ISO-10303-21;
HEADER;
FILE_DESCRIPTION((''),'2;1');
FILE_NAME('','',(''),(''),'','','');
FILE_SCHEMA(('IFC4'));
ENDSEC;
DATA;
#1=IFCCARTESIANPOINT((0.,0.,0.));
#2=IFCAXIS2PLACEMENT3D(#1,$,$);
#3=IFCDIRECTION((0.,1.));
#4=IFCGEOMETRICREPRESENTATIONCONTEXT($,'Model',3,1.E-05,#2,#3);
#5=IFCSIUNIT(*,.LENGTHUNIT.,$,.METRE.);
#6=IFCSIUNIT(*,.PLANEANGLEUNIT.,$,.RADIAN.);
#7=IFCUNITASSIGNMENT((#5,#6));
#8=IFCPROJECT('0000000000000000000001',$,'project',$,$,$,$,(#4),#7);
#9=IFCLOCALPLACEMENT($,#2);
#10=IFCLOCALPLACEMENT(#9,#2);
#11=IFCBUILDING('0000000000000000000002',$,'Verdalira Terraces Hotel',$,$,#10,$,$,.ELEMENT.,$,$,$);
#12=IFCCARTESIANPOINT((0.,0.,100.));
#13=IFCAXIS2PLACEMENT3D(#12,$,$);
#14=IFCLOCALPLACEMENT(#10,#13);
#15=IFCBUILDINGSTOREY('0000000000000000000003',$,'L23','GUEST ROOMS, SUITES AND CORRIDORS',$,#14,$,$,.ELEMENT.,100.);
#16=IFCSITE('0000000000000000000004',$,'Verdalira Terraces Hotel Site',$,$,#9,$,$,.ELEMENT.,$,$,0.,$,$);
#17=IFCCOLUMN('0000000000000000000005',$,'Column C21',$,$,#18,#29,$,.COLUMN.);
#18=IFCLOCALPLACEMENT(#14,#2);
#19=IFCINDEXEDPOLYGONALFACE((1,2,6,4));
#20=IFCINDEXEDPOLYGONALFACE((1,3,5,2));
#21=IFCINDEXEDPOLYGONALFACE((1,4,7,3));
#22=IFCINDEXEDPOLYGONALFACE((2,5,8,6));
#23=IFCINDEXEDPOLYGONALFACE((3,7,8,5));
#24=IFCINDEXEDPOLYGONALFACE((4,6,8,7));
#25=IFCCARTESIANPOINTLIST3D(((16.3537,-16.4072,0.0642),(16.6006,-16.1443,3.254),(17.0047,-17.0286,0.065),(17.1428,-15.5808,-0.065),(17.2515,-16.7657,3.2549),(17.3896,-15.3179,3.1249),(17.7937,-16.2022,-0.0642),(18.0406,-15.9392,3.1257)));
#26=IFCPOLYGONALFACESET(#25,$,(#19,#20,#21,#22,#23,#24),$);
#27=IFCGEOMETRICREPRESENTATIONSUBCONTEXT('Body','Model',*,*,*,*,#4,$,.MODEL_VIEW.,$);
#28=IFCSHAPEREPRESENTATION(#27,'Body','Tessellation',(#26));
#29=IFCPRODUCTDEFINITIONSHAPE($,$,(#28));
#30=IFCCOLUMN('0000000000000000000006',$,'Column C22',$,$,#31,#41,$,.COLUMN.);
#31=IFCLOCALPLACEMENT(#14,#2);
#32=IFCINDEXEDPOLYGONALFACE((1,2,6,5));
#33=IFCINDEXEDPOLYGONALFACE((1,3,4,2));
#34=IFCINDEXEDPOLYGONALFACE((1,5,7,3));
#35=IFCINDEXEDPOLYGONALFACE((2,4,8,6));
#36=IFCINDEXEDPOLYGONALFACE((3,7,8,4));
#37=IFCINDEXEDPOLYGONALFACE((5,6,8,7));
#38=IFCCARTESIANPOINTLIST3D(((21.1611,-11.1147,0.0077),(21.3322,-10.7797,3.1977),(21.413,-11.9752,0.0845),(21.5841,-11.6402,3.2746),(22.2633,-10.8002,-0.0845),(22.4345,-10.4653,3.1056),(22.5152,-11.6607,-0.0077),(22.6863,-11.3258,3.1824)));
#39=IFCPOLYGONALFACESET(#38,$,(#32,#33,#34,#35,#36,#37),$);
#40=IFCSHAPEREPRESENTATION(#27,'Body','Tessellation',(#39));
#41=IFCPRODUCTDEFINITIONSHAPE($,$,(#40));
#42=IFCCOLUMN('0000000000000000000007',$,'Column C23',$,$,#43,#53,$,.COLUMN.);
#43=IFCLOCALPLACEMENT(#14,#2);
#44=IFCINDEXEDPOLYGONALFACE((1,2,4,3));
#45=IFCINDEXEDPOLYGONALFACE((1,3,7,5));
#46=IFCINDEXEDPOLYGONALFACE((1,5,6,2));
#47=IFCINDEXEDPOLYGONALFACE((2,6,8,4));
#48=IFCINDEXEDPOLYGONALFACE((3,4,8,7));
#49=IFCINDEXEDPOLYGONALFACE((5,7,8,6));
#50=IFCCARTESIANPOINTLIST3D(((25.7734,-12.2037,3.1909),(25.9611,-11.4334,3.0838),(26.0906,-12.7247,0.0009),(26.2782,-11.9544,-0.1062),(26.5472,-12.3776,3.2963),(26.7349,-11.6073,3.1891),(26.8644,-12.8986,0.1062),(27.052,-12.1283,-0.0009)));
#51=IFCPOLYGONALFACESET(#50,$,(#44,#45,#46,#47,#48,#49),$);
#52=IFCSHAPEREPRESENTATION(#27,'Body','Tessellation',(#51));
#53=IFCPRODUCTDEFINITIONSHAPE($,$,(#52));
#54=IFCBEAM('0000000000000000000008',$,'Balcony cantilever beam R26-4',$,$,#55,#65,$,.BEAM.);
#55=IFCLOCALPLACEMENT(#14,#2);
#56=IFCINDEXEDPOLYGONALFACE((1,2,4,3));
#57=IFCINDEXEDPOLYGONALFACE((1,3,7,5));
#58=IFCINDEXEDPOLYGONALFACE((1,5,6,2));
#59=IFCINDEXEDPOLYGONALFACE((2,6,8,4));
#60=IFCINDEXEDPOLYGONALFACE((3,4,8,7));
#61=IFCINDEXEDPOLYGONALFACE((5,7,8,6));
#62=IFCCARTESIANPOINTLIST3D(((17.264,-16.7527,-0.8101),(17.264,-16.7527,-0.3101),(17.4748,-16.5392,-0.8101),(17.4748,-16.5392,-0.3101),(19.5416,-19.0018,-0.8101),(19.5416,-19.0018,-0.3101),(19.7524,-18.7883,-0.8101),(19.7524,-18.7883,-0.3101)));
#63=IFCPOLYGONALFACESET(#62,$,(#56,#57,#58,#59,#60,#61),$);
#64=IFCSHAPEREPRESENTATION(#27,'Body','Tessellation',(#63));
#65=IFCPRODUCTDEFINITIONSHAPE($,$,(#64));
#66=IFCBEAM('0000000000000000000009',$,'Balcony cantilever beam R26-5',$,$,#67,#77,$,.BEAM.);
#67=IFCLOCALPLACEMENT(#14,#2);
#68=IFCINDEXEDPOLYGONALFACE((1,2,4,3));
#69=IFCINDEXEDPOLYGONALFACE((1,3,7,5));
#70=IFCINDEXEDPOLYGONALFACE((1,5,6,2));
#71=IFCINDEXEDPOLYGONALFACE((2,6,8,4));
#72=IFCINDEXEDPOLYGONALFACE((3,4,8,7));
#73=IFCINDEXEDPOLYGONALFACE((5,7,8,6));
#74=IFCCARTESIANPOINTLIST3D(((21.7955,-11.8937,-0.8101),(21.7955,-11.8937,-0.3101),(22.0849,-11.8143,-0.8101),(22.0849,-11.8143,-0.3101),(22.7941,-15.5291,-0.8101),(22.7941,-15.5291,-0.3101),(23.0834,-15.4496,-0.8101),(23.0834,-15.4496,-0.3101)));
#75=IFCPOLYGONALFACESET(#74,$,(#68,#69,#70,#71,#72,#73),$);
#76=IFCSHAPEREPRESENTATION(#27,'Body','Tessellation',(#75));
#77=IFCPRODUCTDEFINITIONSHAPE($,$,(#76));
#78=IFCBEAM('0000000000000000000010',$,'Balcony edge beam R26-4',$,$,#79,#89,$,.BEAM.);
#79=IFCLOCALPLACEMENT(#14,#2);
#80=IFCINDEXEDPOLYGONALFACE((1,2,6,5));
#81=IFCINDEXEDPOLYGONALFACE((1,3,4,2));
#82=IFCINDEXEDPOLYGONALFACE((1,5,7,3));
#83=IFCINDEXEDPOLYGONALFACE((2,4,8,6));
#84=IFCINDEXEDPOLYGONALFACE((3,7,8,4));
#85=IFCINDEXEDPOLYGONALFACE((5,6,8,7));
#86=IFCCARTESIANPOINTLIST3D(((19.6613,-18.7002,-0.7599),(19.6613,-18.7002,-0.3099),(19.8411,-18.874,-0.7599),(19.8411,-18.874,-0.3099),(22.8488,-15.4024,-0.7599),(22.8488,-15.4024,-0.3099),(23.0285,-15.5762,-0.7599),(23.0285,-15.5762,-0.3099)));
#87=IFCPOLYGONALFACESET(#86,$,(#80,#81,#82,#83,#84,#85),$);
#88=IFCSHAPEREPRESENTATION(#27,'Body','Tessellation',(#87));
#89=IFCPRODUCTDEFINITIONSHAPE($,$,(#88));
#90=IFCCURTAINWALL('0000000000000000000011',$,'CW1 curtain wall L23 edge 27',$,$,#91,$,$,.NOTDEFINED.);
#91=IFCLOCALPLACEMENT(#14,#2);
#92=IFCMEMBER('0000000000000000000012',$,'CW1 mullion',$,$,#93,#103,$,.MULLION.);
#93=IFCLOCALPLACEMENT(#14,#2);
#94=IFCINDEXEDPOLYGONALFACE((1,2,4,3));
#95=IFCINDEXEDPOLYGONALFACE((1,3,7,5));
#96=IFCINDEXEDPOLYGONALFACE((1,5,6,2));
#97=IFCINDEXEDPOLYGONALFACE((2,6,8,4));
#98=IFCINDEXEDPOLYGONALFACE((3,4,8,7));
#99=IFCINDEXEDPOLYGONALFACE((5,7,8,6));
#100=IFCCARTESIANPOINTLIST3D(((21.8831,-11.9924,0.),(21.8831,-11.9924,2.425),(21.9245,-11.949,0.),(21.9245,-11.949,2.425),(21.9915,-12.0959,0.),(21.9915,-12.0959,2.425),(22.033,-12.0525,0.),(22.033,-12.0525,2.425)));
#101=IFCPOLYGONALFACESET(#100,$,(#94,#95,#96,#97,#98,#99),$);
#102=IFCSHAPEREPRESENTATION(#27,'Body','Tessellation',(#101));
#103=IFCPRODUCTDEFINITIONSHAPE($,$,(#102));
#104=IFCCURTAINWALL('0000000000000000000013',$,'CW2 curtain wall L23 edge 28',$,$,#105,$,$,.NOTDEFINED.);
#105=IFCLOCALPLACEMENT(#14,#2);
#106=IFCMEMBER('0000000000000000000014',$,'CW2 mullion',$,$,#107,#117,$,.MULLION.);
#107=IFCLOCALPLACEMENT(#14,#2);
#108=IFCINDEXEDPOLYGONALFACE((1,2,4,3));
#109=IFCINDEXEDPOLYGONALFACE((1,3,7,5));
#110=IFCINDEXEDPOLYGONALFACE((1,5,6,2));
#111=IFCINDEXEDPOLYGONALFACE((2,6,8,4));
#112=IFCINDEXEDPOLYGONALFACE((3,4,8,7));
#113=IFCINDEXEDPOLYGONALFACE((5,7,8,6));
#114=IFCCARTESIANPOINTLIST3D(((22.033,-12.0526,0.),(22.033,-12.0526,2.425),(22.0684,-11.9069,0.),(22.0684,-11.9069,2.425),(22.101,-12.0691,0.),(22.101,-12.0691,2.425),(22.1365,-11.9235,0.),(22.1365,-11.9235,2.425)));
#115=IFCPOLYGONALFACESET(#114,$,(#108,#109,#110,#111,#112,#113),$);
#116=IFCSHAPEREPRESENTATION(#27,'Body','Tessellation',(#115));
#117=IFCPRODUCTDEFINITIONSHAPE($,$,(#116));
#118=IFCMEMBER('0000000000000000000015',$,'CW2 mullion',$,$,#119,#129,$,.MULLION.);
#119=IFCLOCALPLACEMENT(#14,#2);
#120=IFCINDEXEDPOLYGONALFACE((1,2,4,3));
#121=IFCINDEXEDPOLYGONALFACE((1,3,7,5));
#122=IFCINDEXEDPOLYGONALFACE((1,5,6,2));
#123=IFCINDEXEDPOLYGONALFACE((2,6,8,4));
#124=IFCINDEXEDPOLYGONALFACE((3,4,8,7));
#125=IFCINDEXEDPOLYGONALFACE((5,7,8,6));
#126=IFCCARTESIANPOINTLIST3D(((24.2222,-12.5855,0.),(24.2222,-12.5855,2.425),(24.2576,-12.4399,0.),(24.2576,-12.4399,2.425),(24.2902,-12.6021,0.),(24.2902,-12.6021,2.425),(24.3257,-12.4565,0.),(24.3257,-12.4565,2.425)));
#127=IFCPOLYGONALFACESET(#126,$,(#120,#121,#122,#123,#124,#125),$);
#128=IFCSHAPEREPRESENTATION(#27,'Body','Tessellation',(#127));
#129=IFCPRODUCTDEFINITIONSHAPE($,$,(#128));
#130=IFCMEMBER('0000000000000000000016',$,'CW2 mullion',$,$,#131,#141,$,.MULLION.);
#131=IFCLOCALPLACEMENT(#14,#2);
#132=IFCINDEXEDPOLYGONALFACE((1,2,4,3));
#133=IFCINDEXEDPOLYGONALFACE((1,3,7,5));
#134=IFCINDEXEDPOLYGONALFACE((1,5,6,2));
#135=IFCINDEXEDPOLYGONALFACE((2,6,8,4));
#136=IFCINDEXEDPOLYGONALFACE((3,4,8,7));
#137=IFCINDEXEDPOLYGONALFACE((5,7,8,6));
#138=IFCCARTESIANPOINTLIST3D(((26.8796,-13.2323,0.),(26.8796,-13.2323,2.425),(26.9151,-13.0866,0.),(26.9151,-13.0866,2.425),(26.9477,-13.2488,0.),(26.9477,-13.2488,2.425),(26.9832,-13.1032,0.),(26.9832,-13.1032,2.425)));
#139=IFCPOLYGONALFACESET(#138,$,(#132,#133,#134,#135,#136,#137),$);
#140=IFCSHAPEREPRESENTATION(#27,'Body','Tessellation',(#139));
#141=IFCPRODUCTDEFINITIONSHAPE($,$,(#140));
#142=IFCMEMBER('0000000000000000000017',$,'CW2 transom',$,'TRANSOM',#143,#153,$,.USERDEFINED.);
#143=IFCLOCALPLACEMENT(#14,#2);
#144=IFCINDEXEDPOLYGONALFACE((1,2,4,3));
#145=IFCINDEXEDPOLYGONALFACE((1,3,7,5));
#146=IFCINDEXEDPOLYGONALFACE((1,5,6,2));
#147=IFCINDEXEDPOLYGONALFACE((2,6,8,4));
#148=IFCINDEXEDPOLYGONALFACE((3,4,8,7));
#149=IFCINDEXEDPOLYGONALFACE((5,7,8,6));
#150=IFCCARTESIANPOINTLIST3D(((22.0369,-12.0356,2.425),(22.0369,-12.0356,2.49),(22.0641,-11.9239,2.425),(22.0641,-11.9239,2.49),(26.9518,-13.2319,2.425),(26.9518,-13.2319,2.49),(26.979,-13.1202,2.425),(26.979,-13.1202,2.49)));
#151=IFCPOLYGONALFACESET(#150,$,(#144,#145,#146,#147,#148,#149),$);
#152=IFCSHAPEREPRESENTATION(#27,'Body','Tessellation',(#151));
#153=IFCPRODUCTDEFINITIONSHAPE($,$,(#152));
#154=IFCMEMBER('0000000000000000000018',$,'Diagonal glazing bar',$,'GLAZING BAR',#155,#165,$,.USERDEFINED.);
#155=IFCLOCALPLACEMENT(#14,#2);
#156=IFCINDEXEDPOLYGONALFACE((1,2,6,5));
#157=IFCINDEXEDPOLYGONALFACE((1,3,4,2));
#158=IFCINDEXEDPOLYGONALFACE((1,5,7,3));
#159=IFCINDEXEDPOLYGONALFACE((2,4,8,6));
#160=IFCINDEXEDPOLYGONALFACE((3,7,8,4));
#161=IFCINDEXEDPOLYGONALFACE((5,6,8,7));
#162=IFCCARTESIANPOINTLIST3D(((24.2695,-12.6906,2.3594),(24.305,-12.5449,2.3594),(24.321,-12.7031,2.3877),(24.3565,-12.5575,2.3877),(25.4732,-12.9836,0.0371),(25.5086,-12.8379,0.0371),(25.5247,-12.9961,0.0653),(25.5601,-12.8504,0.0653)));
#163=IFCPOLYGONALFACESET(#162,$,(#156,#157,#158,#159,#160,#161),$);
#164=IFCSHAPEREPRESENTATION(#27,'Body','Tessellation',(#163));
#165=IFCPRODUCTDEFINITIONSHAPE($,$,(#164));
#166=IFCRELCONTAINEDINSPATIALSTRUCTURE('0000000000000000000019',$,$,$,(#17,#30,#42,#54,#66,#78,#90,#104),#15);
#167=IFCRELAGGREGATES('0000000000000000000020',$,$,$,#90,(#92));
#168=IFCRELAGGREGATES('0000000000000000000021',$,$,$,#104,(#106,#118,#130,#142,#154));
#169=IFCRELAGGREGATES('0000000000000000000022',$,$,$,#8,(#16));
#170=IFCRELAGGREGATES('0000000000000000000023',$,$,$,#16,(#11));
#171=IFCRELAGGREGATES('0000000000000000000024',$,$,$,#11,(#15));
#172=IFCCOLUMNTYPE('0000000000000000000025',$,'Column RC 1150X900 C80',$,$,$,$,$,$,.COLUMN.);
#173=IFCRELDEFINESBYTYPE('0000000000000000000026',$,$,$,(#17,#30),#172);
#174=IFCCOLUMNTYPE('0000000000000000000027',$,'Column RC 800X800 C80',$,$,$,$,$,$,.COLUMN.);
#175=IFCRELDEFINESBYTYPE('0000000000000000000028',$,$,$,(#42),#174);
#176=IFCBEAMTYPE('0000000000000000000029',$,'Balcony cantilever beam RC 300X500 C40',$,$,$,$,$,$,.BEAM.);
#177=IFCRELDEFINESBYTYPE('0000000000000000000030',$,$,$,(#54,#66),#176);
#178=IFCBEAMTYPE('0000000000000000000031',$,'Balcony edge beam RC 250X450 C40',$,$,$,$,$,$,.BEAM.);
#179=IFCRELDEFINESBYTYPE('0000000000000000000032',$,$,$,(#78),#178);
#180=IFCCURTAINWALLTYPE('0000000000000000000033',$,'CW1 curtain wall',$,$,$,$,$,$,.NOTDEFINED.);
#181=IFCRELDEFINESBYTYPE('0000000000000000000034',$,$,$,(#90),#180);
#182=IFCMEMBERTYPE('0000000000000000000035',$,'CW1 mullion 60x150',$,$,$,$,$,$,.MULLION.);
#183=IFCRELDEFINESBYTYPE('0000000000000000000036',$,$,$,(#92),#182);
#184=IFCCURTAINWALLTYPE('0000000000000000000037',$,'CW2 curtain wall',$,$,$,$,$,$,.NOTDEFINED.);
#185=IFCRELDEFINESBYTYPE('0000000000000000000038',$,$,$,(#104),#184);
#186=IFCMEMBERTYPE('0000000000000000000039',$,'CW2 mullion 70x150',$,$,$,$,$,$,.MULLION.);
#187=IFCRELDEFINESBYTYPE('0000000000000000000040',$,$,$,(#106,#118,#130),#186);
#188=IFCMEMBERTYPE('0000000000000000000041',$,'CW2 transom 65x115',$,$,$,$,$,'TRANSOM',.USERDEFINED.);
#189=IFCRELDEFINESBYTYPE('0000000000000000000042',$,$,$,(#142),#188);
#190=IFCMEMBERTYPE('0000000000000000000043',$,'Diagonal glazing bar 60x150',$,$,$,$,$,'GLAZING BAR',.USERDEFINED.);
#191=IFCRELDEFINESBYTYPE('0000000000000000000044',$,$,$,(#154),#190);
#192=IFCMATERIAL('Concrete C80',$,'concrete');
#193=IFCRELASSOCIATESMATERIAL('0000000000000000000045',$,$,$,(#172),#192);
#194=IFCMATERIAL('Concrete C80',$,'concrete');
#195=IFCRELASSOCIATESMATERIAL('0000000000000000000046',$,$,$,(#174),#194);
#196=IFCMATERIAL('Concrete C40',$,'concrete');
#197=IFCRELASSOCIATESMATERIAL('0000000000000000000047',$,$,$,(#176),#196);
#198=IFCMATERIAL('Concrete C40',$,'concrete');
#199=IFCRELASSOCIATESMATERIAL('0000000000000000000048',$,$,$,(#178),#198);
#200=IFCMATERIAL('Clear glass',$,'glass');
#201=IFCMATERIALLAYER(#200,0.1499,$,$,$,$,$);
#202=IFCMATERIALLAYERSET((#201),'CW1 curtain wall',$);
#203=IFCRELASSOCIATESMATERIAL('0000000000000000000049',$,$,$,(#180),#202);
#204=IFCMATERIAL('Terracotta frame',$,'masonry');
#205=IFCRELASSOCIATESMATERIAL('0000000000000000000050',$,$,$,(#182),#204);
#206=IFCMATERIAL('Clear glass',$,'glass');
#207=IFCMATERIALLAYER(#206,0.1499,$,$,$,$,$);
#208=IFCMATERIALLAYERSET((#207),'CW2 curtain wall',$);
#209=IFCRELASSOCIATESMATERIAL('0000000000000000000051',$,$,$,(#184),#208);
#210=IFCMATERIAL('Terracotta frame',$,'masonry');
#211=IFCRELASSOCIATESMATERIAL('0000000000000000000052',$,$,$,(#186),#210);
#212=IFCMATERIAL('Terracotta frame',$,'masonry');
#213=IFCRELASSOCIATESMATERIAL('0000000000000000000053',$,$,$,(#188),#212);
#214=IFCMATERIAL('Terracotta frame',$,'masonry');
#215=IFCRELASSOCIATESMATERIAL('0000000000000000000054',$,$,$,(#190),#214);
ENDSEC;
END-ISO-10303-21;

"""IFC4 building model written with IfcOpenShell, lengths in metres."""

from ifc_helpers import new_model, si_unit, direction, frame, origin, origin_2d, place, context, subcontext, project, spatial, rectangle, extrude, material, layer, layer_set, material_profile, profile_set, type_object, element, aggregate, save


model = new_model("IFC4")

# Units and contexts
model_context = context("Model", 3, precision=1e-05, world=origin(), true_north=direction((0.0, 1.0)))
body_context = subcontext(model_context, "Body", "Model", "MODEL_VIEW")
ifc_project = project(units=[si_unit("LENGTHUNIT", "METRE"), si_unit("PLANEANGLEUNIT", "RADIAN")], contexts=[model_context])

# Site, building, storey
site_placement = place(None, origin())
site = spatial("IfcSite", under=ifc_project, at=site_placement, Name="Verdalira Terraces Hotel Site", CompositionType="ELEMENT", RefElevation=0.0)
building_placement = place(site_placement, origin())
building = spatial("IfcBuilding", under=site, at=building_placement, Name="Verdalira Terraces Hotel", CompositionType="ELEMENT")
storey_placement = place(building_placement, frame((0.0, 0.0, 100.0)))
storey = spatial("IfcBuildingStorey", under=building, at=storey_placement, Name="L23", Description="GUEST ROOMS, SUITES AND CORRIDORS", CompositionType="ELEMENT", Elevation=100.0)

# Columns
ifc_material_1 = material(Name="Concrete C80", Category="concrete")
ifc_material_profile_1 = material_profile(ifc_material_1, rectangle(XDim=1.1499, YDim=0.8999, at=origin_2d()), Name="RC 1150X900")
ifc_profile_set_1 = profile_set([ifc_material_profile_1], Name="Concrete C80")
column_type_1 = type_object("IfcColumnType", Name="Column RC 1150X900 C80", PredefinedType="COLUMN", material=ifc_profile_set_1)
column_1_placement = place(storey_placement, frame((17.0737, -16.3047, 0.0), z_axis=(0.076887, 0.081906, 0.99367), x_axis=(0.686205, 0.718682, -0.112335)))
element("IfcColumn", 1, at=column_1_placement, inside=storey, type_object=column_type_1, Name="Column C21", PredefinedType="COLUMN", context=body_context, shape_type="SweptSolid", body=[
    extrude(rectangle(XDim=1.1499, YDim=0.8999, at=origin_2d()), origin(), (0.0, 0.0, 1.0), 3.2102),
])
column_2_placement = place(storey_placement, frame((21.8381, -11.3877, 0.0), z_axis=(0.053282, 0.104283, 0.993119), x_axis=(-0.958545, -0.273439, 0.080139)))
element("IfcColumn", 2, at=column_2_placement, inside=storey, type_object=column_type_1, Name="Column C22", PredefinedType="COLUMN", context=body_context, shape_type="SweptSolid", body=[
    extrude(rectangle(XDim=1.1499, YDim=0.8999, at=origin_2d()), origin(), (0.0, 0.0, 1.0), 3.2122),
])
ifc_material_2 = material(Name="Concrete C80", Category="concrete")
ifc_material_profile_2 = material_profile(ifc_material_2, rectangle(XDim=0.8, YDim=0.8, at=origin_2d()), Name="RC 800X800")
ifc_profile_set_2 = profile_set([ifc_material_profile_2], Name="Concrete C80")
column_type_2 = type_object("IfcColumnType", Name="Column RC 800X800 C80", PredefinedType="COLUMN", material=ifc_profile_set_2)
column_3_placement = place(storey_placement, frame((26.5713, -12.4265, 0.0), z_axis=(-0.097649, 0.160419, 0.982207), x_axis=(0.967186, -0.217302, 0.131647)))
element("IfcColumn", 3, at=column_3_placement, inside=storey, type_object=column_type_2, Name="Column C23", PredefinedType="COLUMN", context=body_context, shape_type="SweptSolid", body=[
    extrude(rectangle(XDim=0.8, YDim=0.8, at=origin_2d()), origin(), (0.0, 0.0, 1.0), 3.2478),
])

# Beams
ifc_material_3 = material(Name="Concrete C40", Category="concrete")
ifc_material_profile_3 = material_profile(ifc_material_3, rectangle(XDim=0.3, YDim=0.5, at=origin_2d()), Name="RC 300X500")
ifc_profile_set_3 = profile_set([ifc_material_profile_3], Name="Concrete C40")
beam_type_1 = type_object("IfcBeamType", Name="Balcony cantilever beam RC 300X500 C40", PredefinedType="BEAM", material=ifc_profile_set_3)
beam_1_placement = place(storey_placement, frame((17.3694, -16.646, -0.5601), z_axis=(0.711555, -0.702631, 0.0), x_axis=(0.702631, 0.711555, 0.0)))
element("IfcBeam", 4, at=beam_1_placement, inside=storey, type_object=beam_type_1, Name="Balcony cantilever beam R26-4", PredefinedType="BEAM", context=body_context, shape_type="SweptSolid", body=[
    extrude(rectangle(XDim=0.3, YDim=0.5, at=origin_2d()), origin(), (0.0, 0.0, 1.0), 3.2009),
])
beam_2_placement = place(storey_placement, frame((21.9402, -11.854, -0.5601), z_axis=(0.26487, -0.964284, 0.0), x_axis=(0.964284, 0.26487, 0.0)))
element("IfcBeam", 5, at=beam_2_placement, inside=storey, type_object=beam_type_1, Name="Balcony cantilever beam R26-5", PredefinedType="BEAM", context=body_context, shape_type="SweptSolid", body=[
    extrude(rectangle(XDim=0.3, YDim=0.5, at=origin_2d()), origin(), (0.0, 0.0, 1.0), 3.77),
])
ifc_material_4 = material(Name="Concrete C40", Category="concrete")
ifc_material_profile_4 = material_profile(ifc_material_4, rectangle(XDim=0.25, YDim=0.45, at=origin_2d()), Name="RC 250X450")
ifc_profile_set_4 = profile_set([ifc_material_profile_4], Name="Concrete C40")
beam_type_2 = type_object("IfcBeamType", Name="Balcony edge beam RC 250X450 C40", PredefinedType="BEAM", material=ifc_profile_set_4)
beam_3_placement = place(storey_placement, frame((19.7512, -18.7871, -0.5349), z_axis=(0.694974, 0.719034, 0.0), x_axis=(-0.719034, 0.694974, 0.0)))
element("IfcBeam", 6, at=beam_3_placement, inside=storey, type_object=beam_type_2, Name="Balcony edge beam R26-4", PredefinedType="BEAM", context=body_context, shape_type="SweptSolid", body=[
    extrude(rectangle(XDim=0.25, YDim=0.45, at=origin_2d()), origin(), (0.0, 0.0, 1.0), 4.5864),
])

# Curtain wall, member
ifc_material_5 = material(Name="Clear glass", Category="glass")
ifc_layer_1 = layer(ifc_material_5, 0.1499)
ifc_layer_set_1 = layer_set([ifc_layer_1], Name="CW1 curtain wall")
curtain_wall_type_1 = type_object("IfcCurtainWallType", Name="CW1 curtain wall", PredefinedType="NOTDEFINED", material=ifc_layer_set_1)
curtain_wall_1_placement = place(storey_placement, origin())
curtain_wall_1 = element("IfcCurtainWall", 7, at=curtain_wall_1_placement, inside=storey, type_object=curtain_wall_type_1, Name="CW1 curtain wall L23 edge 27", PredefinedType="NOTDEFINED")
ifc_material_6 = material(Name="Terracotta frame", Category="masonry")
ifc_material_profile_5 = material_profile(ifc_material_6, rectangle(XDim=0.0601, YDim=0.1499, at=origin_2d()), Name="MU 60x150")
ifc_profile_set_5 = profile_set([ifc_material_profile_5], Name="Terracotta frame")
member_type_1 = type_object("IfcMemberType", Name="CW1 mullion 60x150", PredefinedType="MULLION", material=ifc_profile_set_5)
member_1_placement = place(storey_placement, frame((21.958, -12.0225, 0.0), z_axis=(0.0, 0.0, 1.0), x_axis=(0.69063, 0.723208, 0.0)))
member_1 = element("IfcMember", 8, at=member_1_placement, type_object=member_type_1, Name="CW1 mullion", PredefinedType="MULLION", context=body_context, shape_type="SweptSolid", body=[
    extrude(rectangle(XDim=0.0601, YDim=0.1499, at=origin_2d()), origin(), (0.0, 0.0, 1.0), 2.425),
])

# Curtain wall, members
ifc_material_7 = material(Name="Clear glass", Category="glass")
ifc_layer_2 = layer(ifc_material_7, 0.1499)
ifc_layer_set_2 = layer_set([ifc_layer_2], Name="CW2 curtain wall")
curtain_wall_type_2 = type_object("IfcCurtainWallType", Name="CW2 curtain wall", PredefinedType="NOTDEFINED", material=ifc_layer_set_2)
curtain_wall_2_placement = place(storey_placement, origin())
curtain_wall_2 = element("IfcCurtainWall", 9, at=curtain_wall_2_placement, inside=storey, type_object=curtain_wall_type_2, Name="CW2 curtain wall L23 edge 28", PredefinedType="NOTDEFINED")
ifc_material_8 = material(Name="Terracotta frame", Category="masonry")
ifc_material_profile_6 = material_profile(ifc_material_8, rectangle(XDim=0.0701, YDim=0.1499, at=origin_2d()), Name="MU 70x150")
ifc_profile_set_6 = profile_set([ifc_material_profile_6], Name="Terracotta frame")
member_type_2 = type_object("IfcMemberType", Name="CW2 mullion 70x150", PredefinedType="MULLION", material=ifc_profile_set_6)
member_2_placement = place(storey_placement, frame((22.0847, -11.988, 0.0), z_axis=(0.0, 0.0, 1.0), x_axis=(0.971632, -0.236499, 0.0)))
member_2 = element("IfcMember", 10, at=member_2_placement, type_object=member_type_2, Name="CW2 mullion", PredefinedType="MULLION", context=body_context, shape_type="SweptSolid", body=[
    extrude(rectangle(XDim=0.0701, YDim=0.1499, at=origin_2d()), origin(), (0.0, 0.0, 1.0), 2.425),
])
member_3_placement = place(storey_placement, frame((24.2739, -12.521, 0.0), z_axis=(0.0, 0.0, 1.0), x_axis=(0.971632, -0.236499, 0.0)))
member_3 = element("IfcMember", 11, at=member_3_placement, type_object=member_type_2, Name="CW2 mullion", PredefinedType="MULLION", context=body_context, shape_type="SweptSolid", body=[
    extrude(rectangle(XDim=0.0701, YDim=0.1499, at=origin_2d()), origin(), (0.0, 0.0, 1.0), 2.425),
])
member_4_placement = place(storey_placement, frame((26.9314, -13.1677, 0.0), z_axis=(0.0, 0.0, 1.0), x_axis=(0.971632, -0.236499, 0.0)))
member_4 = element("IfcMember", 12, at=member_4_placement, type_object=member_type_2, Name="CW2 mullion", PredefinedType="MULLION", context=body_context, shape_type="SweptSolid", body=[
    extrude(rectangle(XDim=0.0701, YDim=0.1499, at=origin_2d()), origin(), (0.0, 0.0, 1.0), 2.425),
])
ifc_material_9 = material(Name="Terracotta frame", Category="masonry")
ifc_material_profile_7 = material_profile(ifc_material_9, rectangle(XDim=0.115, YDim=0.0649, at=origin_2d()), Name="TR 65x115")
ifc_profile_set_7 = profile_set([ifc_material_profile_7], Name="Terracotta frame")
member_type_3 = type_object("IfcMemberType", Name="CW2 transom 65x115", ElementType="TRANSOM", PredefinedType="USERDEFINED", material=ifc_profile_set_7)
member_5_placement = place(storey_placement, frame((22.0505, -11.9797, 2.4575), z_axis=(0.971631, -0.236501, 0.0), x_axis=(0.236501, 0.971631, 0.0)))
member_5 = element("IfcMember", 13, at=member_5_placement, type_object=member_type_3, Name="CW2 transom", ObjectType="TRANSOM", PredefinedType="USERDEFINED", context=body_context, shape_type="SweptSolid", body=[
    extrude(rectangle(XDim=0.115, YDim=0.0649, at=origin_2d()), origin(), (0.0, 0.0, 1.0), 5.0583),
])
ifc_material_10 = material(Name="Terracotta frame", Category="masonry")
ifc_material_profile_8 = material_profile(ifc_material_10, rectangle(XDim=0.1499, YDim=0.0601, at=origin_2d()), Name="GB 60x150")
ifc_profile_set_8 = profile_set([ifc_material_profile_8], Name="Terracotta frame")
member_type_4 = type_object("IfcMemberType", Name="Diagonal glazing bar 60x150", ElementType="GLAZING BAR", PredefinedType="USERDEFINED", material=ifc_profile_set_8)
member_6_placement = place(storey_placement, frame((24.313, -12.624, 2.3735), z_axis=(0.4573, -0.11131, -0.882319), x_axis=(0.236502, 0.971631, 0.0)))
member_6 = element("IfcMember", 14, at=member_6_placement, type_object=member_type_4, Name="Diagonal glazing bar", ObjectType="GLAZING BAR", PredefinedType="USERDEFINED", context=body_context, shape_type="SweptSolid", body=[
    extrude(rectangle(XDim=0.1499, YDim=0.0601, at=origin_2d()), origin(), (0.0, 0.0, 1.0), 2.6321),
])

aggregate(curtain_wall_1, [member_1])
aggregate(curtain_wall_2, [member_2, member_3, member_4, member_5, member_6])

save(model, "model.ifc")
